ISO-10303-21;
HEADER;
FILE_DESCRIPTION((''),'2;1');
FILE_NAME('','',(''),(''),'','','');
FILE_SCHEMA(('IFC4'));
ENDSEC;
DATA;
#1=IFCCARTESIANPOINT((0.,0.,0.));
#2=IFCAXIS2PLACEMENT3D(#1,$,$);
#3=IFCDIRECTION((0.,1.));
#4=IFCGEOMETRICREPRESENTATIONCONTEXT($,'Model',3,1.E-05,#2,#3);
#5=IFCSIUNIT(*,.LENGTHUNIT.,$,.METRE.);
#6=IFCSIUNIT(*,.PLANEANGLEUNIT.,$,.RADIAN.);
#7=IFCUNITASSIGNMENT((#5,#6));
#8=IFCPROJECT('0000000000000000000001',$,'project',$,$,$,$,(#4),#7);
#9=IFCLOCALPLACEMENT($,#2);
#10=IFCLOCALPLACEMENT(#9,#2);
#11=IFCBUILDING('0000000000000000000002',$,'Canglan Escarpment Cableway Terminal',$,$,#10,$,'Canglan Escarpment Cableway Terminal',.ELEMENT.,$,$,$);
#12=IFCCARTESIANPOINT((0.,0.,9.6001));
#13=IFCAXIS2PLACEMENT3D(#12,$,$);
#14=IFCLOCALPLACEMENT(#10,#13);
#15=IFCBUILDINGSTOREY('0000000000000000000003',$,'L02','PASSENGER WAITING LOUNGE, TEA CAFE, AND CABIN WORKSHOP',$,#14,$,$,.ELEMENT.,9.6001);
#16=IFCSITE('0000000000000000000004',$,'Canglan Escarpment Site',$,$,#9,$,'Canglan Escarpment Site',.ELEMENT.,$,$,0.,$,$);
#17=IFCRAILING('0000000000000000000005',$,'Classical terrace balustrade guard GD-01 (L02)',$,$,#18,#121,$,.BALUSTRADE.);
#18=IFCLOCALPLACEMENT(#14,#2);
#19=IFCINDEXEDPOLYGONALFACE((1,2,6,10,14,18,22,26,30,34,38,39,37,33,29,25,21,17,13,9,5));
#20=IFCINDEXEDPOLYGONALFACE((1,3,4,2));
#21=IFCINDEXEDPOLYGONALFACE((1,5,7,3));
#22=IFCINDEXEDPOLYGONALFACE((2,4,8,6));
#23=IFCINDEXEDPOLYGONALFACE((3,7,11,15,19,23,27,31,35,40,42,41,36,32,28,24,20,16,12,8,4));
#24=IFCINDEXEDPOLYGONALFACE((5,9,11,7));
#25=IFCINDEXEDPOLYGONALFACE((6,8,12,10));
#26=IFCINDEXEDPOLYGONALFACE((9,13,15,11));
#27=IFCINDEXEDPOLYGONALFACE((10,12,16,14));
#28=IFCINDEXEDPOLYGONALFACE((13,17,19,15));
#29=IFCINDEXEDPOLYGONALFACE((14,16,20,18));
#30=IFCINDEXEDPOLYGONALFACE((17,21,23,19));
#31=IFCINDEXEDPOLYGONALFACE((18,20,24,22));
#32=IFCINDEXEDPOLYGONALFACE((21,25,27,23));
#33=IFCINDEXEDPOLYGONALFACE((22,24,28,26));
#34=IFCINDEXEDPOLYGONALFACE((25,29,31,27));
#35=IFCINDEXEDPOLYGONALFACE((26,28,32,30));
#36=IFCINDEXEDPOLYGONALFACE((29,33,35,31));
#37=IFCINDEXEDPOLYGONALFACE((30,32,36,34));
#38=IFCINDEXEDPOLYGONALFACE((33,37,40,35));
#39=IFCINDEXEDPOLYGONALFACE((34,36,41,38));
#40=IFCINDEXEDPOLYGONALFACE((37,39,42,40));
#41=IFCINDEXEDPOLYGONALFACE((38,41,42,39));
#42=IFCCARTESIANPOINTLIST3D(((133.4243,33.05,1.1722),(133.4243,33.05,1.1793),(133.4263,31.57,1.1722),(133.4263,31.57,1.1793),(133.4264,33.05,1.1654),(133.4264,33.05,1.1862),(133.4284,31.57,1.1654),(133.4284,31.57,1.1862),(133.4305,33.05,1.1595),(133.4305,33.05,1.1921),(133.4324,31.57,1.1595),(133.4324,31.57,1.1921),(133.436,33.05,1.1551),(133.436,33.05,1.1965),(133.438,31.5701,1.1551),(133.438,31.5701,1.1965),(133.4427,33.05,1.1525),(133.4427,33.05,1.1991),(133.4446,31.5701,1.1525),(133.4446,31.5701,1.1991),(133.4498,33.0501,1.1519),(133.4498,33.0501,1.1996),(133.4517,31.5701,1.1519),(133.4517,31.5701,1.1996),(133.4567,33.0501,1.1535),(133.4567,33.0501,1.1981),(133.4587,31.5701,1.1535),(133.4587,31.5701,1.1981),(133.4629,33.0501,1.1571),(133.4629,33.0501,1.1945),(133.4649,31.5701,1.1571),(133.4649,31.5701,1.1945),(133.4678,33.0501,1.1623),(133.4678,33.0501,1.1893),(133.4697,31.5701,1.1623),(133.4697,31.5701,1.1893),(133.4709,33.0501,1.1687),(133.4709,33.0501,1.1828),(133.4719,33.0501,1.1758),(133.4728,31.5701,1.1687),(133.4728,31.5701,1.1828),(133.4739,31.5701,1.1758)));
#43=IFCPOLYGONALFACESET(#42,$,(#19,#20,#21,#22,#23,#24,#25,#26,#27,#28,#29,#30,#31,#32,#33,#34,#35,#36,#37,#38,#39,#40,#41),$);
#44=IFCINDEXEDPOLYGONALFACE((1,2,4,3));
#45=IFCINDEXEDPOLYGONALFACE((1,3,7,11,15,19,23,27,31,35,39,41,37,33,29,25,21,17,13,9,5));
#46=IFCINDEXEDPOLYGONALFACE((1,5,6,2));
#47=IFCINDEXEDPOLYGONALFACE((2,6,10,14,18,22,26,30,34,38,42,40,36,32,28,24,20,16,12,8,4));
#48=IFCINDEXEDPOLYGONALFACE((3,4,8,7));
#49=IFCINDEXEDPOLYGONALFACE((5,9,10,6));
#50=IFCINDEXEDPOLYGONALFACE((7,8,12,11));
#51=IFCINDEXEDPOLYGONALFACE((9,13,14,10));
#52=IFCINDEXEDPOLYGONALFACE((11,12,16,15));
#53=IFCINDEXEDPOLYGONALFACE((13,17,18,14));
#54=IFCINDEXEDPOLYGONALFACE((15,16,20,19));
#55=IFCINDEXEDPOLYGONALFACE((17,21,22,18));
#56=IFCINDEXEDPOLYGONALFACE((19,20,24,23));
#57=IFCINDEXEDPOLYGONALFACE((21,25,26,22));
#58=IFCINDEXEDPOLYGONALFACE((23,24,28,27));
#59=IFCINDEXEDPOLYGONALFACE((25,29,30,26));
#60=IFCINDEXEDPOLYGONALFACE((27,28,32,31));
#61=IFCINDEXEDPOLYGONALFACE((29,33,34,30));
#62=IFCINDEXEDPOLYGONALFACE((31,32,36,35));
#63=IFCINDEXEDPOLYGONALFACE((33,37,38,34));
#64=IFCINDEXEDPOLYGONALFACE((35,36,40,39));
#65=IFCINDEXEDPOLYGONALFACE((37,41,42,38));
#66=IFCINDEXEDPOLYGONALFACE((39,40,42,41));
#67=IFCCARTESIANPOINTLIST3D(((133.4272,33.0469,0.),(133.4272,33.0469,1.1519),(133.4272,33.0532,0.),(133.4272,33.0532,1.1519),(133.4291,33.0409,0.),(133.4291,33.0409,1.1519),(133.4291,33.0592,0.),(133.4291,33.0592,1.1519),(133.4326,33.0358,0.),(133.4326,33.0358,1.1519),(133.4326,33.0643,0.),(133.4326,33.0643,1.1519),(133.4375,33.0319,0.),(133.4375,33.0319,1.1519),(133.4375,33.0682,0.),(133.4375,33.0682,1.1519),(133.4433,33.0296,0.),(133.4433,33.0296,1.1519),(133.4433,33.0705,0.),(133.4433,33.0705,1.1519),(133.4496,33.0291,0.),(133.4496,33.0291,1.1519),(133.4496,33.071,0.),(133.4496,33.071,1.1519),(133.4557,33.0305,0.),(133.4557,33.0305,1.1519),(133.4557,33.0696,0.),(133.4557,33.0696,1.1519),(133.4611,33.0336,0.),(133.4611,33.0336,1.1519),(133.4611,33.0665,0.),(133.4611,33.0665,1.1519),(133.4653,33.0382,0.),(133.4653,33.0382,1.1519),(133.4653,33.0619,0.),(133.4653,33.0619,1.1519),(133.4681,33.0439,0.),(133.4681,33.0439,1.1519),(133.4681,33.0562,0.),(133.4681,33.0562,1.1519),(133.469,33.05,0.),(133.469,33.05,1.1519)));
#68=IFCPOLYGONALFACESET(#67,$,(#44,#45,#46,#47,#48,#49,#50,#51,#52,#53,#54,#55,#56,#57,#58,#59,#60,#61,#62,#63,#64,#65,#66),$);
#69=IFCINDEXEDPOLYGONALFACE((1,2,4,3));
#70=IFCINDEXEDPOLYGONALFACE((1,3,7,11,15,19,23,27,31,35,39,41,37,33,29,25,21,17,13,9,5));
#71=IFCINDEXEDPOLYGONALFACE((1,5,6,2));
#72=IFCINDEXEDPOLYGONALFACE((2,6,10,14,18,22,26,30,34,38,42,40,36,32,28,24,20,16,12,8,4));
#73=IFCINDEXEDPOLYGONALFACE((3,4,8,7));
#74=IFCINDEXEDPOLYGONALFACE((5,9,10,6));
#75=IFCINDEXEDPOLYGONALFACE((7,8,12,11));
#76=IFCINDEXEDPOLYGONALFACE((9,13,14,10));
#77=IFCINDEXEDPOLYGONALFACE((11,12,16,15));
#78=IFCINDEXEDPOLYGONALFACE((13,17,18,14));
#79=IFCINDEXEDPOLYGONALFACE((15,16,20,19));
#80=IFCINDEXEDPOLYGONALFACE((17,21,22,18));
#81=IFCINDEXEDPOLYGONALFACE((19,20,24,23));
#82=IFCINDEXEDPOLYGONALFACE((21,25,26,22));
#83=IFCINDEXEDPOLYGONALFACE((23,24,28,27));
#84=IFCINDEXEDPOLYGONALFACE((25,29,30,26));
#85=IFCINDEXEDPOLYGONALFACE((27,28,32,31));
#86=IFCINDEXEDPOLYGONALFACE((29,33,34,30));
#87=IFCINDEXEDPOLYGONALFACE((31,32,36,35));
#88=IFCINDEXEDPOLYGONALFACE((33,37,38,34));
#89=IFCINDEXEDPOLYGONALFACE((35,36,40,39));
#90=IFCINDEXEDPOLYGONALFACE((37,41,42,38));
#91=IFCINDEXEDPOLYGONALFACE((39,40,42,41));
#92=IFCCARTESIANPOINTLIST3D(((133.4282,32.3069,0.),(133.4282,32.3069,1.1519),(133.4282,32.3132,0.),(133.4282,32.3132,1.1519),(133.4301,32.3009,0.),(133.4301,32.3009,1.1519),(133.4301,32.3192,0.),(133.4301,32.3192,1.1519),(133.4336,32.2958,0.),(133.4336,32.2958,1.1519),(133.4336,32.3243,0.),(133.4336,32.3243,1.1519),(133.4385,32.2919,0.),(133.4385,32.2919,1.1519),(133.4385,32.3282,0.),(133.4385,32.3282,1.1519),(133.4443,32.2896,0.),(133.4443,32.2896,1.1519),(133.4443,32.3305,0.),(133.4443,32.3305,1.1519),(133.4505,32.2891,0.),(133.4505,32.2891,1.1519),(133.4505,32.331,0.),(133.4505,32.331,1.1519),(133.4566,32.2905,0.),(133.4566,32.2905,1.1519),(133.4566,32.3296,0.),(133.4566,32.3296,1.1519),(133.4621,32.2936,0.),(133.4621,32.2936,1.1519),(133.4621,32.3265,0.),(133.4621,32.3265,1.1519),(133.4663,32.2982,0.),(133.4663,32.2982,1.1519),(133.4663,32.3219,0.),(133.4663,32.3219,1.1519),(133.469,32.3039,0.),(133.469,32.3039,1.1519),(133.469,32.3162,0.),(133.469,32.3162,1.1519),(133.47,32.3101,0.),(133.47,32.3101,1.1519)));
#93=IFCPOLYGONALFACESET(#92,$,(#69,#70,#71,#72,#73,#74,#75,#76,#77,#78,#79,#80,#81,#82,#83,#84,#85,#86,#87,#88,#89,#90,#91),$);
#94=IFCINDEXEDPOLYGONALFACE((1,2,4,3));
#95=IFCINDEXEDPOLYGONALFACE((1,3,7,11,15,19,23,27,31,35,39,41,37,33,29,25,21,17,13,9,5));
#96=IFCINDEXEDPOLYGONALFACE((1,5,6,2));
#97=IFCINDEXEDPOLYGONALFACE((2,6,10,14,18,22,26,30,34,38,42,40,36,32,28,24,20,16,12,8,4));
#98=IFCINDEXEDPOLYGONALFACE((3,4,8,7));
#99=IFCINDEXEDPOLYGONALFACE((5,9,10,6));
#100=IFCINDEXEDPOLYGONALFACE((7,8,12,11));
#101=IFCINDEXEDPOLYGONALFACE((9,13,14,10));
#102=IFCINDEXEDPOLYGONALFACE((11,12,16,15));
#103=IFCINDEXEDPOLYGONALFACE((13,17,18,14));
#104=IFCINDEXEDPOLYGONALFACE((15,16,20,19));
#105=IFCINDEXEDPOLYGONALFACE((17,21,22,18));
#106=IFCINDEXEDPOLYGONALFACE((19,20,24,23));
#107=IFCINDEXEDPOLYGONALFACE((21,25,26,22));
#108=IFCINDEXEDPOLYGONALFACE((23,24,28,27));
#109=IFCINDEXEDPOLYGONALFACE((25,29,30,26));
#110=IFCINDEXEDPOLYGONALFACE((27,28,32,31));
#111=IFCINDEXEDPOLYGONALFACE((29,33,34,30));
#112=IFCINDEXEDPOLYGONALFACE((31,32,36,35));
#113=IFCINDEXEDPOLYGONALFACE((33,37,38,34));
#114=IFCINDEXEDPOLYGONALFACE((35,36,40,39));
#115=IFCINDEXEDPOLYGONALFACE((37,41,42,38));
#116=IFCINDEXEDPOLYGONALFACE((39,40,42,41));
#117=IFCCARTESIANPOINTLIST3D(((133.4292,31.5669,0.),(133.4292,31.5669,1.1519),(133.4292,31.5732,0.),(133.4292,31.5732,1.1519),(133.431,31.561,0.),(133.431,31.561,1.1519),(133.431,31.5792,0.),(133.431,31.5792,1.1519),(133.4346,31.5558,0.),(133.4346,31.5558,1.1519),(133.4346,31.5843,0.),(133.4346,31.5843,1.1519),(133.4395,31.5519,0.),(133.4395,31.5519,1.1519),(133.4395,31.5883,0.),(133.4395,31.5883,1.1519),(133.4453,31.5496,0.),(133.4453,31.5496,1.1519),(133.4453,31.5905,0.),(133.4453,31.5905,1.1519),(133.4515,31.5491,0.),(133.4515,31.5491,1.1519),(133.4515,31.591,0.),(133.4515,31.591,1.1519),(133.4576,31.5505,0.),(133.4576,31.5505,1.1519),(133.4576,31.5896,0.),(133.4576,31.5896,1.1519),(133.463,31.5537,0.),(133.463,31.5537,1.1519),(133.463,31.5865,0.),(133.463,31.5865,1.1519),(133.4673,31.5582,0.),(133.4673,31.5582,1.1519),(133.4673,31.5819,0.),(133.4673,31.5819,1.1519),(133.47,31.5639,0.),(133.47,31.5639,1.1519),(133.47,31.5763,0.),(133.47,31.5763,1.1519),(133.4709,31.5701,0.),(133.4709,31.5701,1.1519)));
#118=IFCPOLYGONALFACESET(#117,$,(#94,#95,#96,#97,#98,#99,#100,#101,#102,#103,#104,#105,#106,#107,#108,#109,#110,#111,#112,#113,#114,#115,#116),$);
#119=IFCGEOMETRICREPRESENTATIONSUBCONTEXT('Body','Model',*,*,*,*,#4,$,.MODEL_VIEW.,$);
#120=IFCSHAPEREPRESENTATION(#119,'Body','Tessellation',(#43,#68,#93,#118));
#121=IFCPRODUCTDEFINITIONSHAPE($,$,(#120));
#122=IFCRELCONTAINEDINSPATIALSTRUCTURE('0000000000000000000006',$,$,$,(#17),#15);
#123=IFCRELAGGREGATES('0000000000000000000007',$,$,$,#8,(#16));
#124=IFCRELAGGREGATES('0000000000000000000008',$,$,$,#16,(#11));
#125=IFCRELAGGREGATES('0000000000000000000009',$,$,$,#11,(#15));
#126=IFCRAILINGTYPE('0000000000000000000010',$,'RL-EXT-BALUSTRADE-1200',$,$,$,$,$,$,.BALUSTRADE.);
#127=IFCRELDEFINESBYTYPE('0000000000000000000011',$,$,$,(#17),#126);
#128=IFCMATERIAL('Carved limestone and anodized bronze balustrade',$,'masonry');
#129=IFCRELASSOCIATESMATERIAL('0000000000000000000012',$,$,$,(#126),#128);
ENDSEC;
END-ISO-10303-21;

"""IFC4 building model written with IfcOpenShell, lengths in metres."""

from ifc_helpers import new_model, si_unit, direction, frame, origin, origin_2d, place, context, subcontext, project, spatial, circle, extrude, material, type_object, element, save


model = new_model("IFC4")

# Units and contexts
model_context = context("Model", 3, precision=1e-05, world=origin(), true_north=direction((0.0, 1.0)))
body_context = subcontext(model_context, "Body", "Model", "MODEL_VIEW")
ifc_project = project(units=[si_unit("LENGTHUNIT", "METRE"), si_unit("PLANEANGLEUNIT", "RADIAN")], contexts=[model_context])

# Site, building, storey
site_placement = place(None, origin())
site = spatial("IfcSite", under=ifc_project, at=site_placement, Name="Canglan Escarpment Site", LongName="Canglan Escarpment Site", CompositionType="ELEMENT", RefElevation=0.0)
building_placement = place(site_placement, origin())
building = spatial("IfcBuilding", under=site, at=building_placement, Name="Canglan Escarpment Cableway Terminal", LongName="Canglan Escarpment Cableway Terminal", CompositionType="ELEMENT")
storey_placement = place(building_placement, frame((0.0, 0.0, 9.6001)))
storey = spatial("IfcBuildingStorey", under=building, at=storey_placement, Name="L02", Description="PASSENGER WAITING LOUNGE, TEA CAFE, AND CABIN WORKSHOP", CompositionType="ELEMENT", Elevation=9.6001)

# Railing
ifc_material_1 = material(Name="Carved limestone and anodized bronze balustrade", Category="masonry")
railing_type = type_object("IfcRailingType", Name="RL-EXT-BALUSTRADE-1200", PredefinedType="BALUSTRADE", material=ifc_material_1)
railing_1_placement = place(storey_placement, frame((133.448, 33.05, 0.0)))
element("IfcRailing", 1, at=railing_1_placement, inside=storey, type_object=railing_type, Name="Classical terrace balustrade guard GD-01 (L02)", PredefinedType="BALUSTRADE", context=body_context, shape_type="SweptSolid", body=[
    extrude(circle(Radius=0.0239, at=origin_2d()), frame((0.0, 0.0, 1.1758), z_axis=(0.00132, -0.999999, 0.0), x_axis=(0.999999, 0.00132, 0.0)), (0.0, 0.0, 1.0), 1.48),
    extrude(circle(Radius=0.021, at=origin_2d()), origin(), (0.0, 0.0, 1.0), 1.1519),
    extrude(circle(Radius=0.021, at=origin_2d()), frame((0.001, -0.74, 0.0)), (0.0, 0.0, 1.0), 1.1519),
    extrude(circle(Radius=0.021, at=origin_2d()), frame((0.002, -1.48, 0.0)), (0.0, 0.0, 1.0), 1.1519),
])

save(model, "model.ifc")
